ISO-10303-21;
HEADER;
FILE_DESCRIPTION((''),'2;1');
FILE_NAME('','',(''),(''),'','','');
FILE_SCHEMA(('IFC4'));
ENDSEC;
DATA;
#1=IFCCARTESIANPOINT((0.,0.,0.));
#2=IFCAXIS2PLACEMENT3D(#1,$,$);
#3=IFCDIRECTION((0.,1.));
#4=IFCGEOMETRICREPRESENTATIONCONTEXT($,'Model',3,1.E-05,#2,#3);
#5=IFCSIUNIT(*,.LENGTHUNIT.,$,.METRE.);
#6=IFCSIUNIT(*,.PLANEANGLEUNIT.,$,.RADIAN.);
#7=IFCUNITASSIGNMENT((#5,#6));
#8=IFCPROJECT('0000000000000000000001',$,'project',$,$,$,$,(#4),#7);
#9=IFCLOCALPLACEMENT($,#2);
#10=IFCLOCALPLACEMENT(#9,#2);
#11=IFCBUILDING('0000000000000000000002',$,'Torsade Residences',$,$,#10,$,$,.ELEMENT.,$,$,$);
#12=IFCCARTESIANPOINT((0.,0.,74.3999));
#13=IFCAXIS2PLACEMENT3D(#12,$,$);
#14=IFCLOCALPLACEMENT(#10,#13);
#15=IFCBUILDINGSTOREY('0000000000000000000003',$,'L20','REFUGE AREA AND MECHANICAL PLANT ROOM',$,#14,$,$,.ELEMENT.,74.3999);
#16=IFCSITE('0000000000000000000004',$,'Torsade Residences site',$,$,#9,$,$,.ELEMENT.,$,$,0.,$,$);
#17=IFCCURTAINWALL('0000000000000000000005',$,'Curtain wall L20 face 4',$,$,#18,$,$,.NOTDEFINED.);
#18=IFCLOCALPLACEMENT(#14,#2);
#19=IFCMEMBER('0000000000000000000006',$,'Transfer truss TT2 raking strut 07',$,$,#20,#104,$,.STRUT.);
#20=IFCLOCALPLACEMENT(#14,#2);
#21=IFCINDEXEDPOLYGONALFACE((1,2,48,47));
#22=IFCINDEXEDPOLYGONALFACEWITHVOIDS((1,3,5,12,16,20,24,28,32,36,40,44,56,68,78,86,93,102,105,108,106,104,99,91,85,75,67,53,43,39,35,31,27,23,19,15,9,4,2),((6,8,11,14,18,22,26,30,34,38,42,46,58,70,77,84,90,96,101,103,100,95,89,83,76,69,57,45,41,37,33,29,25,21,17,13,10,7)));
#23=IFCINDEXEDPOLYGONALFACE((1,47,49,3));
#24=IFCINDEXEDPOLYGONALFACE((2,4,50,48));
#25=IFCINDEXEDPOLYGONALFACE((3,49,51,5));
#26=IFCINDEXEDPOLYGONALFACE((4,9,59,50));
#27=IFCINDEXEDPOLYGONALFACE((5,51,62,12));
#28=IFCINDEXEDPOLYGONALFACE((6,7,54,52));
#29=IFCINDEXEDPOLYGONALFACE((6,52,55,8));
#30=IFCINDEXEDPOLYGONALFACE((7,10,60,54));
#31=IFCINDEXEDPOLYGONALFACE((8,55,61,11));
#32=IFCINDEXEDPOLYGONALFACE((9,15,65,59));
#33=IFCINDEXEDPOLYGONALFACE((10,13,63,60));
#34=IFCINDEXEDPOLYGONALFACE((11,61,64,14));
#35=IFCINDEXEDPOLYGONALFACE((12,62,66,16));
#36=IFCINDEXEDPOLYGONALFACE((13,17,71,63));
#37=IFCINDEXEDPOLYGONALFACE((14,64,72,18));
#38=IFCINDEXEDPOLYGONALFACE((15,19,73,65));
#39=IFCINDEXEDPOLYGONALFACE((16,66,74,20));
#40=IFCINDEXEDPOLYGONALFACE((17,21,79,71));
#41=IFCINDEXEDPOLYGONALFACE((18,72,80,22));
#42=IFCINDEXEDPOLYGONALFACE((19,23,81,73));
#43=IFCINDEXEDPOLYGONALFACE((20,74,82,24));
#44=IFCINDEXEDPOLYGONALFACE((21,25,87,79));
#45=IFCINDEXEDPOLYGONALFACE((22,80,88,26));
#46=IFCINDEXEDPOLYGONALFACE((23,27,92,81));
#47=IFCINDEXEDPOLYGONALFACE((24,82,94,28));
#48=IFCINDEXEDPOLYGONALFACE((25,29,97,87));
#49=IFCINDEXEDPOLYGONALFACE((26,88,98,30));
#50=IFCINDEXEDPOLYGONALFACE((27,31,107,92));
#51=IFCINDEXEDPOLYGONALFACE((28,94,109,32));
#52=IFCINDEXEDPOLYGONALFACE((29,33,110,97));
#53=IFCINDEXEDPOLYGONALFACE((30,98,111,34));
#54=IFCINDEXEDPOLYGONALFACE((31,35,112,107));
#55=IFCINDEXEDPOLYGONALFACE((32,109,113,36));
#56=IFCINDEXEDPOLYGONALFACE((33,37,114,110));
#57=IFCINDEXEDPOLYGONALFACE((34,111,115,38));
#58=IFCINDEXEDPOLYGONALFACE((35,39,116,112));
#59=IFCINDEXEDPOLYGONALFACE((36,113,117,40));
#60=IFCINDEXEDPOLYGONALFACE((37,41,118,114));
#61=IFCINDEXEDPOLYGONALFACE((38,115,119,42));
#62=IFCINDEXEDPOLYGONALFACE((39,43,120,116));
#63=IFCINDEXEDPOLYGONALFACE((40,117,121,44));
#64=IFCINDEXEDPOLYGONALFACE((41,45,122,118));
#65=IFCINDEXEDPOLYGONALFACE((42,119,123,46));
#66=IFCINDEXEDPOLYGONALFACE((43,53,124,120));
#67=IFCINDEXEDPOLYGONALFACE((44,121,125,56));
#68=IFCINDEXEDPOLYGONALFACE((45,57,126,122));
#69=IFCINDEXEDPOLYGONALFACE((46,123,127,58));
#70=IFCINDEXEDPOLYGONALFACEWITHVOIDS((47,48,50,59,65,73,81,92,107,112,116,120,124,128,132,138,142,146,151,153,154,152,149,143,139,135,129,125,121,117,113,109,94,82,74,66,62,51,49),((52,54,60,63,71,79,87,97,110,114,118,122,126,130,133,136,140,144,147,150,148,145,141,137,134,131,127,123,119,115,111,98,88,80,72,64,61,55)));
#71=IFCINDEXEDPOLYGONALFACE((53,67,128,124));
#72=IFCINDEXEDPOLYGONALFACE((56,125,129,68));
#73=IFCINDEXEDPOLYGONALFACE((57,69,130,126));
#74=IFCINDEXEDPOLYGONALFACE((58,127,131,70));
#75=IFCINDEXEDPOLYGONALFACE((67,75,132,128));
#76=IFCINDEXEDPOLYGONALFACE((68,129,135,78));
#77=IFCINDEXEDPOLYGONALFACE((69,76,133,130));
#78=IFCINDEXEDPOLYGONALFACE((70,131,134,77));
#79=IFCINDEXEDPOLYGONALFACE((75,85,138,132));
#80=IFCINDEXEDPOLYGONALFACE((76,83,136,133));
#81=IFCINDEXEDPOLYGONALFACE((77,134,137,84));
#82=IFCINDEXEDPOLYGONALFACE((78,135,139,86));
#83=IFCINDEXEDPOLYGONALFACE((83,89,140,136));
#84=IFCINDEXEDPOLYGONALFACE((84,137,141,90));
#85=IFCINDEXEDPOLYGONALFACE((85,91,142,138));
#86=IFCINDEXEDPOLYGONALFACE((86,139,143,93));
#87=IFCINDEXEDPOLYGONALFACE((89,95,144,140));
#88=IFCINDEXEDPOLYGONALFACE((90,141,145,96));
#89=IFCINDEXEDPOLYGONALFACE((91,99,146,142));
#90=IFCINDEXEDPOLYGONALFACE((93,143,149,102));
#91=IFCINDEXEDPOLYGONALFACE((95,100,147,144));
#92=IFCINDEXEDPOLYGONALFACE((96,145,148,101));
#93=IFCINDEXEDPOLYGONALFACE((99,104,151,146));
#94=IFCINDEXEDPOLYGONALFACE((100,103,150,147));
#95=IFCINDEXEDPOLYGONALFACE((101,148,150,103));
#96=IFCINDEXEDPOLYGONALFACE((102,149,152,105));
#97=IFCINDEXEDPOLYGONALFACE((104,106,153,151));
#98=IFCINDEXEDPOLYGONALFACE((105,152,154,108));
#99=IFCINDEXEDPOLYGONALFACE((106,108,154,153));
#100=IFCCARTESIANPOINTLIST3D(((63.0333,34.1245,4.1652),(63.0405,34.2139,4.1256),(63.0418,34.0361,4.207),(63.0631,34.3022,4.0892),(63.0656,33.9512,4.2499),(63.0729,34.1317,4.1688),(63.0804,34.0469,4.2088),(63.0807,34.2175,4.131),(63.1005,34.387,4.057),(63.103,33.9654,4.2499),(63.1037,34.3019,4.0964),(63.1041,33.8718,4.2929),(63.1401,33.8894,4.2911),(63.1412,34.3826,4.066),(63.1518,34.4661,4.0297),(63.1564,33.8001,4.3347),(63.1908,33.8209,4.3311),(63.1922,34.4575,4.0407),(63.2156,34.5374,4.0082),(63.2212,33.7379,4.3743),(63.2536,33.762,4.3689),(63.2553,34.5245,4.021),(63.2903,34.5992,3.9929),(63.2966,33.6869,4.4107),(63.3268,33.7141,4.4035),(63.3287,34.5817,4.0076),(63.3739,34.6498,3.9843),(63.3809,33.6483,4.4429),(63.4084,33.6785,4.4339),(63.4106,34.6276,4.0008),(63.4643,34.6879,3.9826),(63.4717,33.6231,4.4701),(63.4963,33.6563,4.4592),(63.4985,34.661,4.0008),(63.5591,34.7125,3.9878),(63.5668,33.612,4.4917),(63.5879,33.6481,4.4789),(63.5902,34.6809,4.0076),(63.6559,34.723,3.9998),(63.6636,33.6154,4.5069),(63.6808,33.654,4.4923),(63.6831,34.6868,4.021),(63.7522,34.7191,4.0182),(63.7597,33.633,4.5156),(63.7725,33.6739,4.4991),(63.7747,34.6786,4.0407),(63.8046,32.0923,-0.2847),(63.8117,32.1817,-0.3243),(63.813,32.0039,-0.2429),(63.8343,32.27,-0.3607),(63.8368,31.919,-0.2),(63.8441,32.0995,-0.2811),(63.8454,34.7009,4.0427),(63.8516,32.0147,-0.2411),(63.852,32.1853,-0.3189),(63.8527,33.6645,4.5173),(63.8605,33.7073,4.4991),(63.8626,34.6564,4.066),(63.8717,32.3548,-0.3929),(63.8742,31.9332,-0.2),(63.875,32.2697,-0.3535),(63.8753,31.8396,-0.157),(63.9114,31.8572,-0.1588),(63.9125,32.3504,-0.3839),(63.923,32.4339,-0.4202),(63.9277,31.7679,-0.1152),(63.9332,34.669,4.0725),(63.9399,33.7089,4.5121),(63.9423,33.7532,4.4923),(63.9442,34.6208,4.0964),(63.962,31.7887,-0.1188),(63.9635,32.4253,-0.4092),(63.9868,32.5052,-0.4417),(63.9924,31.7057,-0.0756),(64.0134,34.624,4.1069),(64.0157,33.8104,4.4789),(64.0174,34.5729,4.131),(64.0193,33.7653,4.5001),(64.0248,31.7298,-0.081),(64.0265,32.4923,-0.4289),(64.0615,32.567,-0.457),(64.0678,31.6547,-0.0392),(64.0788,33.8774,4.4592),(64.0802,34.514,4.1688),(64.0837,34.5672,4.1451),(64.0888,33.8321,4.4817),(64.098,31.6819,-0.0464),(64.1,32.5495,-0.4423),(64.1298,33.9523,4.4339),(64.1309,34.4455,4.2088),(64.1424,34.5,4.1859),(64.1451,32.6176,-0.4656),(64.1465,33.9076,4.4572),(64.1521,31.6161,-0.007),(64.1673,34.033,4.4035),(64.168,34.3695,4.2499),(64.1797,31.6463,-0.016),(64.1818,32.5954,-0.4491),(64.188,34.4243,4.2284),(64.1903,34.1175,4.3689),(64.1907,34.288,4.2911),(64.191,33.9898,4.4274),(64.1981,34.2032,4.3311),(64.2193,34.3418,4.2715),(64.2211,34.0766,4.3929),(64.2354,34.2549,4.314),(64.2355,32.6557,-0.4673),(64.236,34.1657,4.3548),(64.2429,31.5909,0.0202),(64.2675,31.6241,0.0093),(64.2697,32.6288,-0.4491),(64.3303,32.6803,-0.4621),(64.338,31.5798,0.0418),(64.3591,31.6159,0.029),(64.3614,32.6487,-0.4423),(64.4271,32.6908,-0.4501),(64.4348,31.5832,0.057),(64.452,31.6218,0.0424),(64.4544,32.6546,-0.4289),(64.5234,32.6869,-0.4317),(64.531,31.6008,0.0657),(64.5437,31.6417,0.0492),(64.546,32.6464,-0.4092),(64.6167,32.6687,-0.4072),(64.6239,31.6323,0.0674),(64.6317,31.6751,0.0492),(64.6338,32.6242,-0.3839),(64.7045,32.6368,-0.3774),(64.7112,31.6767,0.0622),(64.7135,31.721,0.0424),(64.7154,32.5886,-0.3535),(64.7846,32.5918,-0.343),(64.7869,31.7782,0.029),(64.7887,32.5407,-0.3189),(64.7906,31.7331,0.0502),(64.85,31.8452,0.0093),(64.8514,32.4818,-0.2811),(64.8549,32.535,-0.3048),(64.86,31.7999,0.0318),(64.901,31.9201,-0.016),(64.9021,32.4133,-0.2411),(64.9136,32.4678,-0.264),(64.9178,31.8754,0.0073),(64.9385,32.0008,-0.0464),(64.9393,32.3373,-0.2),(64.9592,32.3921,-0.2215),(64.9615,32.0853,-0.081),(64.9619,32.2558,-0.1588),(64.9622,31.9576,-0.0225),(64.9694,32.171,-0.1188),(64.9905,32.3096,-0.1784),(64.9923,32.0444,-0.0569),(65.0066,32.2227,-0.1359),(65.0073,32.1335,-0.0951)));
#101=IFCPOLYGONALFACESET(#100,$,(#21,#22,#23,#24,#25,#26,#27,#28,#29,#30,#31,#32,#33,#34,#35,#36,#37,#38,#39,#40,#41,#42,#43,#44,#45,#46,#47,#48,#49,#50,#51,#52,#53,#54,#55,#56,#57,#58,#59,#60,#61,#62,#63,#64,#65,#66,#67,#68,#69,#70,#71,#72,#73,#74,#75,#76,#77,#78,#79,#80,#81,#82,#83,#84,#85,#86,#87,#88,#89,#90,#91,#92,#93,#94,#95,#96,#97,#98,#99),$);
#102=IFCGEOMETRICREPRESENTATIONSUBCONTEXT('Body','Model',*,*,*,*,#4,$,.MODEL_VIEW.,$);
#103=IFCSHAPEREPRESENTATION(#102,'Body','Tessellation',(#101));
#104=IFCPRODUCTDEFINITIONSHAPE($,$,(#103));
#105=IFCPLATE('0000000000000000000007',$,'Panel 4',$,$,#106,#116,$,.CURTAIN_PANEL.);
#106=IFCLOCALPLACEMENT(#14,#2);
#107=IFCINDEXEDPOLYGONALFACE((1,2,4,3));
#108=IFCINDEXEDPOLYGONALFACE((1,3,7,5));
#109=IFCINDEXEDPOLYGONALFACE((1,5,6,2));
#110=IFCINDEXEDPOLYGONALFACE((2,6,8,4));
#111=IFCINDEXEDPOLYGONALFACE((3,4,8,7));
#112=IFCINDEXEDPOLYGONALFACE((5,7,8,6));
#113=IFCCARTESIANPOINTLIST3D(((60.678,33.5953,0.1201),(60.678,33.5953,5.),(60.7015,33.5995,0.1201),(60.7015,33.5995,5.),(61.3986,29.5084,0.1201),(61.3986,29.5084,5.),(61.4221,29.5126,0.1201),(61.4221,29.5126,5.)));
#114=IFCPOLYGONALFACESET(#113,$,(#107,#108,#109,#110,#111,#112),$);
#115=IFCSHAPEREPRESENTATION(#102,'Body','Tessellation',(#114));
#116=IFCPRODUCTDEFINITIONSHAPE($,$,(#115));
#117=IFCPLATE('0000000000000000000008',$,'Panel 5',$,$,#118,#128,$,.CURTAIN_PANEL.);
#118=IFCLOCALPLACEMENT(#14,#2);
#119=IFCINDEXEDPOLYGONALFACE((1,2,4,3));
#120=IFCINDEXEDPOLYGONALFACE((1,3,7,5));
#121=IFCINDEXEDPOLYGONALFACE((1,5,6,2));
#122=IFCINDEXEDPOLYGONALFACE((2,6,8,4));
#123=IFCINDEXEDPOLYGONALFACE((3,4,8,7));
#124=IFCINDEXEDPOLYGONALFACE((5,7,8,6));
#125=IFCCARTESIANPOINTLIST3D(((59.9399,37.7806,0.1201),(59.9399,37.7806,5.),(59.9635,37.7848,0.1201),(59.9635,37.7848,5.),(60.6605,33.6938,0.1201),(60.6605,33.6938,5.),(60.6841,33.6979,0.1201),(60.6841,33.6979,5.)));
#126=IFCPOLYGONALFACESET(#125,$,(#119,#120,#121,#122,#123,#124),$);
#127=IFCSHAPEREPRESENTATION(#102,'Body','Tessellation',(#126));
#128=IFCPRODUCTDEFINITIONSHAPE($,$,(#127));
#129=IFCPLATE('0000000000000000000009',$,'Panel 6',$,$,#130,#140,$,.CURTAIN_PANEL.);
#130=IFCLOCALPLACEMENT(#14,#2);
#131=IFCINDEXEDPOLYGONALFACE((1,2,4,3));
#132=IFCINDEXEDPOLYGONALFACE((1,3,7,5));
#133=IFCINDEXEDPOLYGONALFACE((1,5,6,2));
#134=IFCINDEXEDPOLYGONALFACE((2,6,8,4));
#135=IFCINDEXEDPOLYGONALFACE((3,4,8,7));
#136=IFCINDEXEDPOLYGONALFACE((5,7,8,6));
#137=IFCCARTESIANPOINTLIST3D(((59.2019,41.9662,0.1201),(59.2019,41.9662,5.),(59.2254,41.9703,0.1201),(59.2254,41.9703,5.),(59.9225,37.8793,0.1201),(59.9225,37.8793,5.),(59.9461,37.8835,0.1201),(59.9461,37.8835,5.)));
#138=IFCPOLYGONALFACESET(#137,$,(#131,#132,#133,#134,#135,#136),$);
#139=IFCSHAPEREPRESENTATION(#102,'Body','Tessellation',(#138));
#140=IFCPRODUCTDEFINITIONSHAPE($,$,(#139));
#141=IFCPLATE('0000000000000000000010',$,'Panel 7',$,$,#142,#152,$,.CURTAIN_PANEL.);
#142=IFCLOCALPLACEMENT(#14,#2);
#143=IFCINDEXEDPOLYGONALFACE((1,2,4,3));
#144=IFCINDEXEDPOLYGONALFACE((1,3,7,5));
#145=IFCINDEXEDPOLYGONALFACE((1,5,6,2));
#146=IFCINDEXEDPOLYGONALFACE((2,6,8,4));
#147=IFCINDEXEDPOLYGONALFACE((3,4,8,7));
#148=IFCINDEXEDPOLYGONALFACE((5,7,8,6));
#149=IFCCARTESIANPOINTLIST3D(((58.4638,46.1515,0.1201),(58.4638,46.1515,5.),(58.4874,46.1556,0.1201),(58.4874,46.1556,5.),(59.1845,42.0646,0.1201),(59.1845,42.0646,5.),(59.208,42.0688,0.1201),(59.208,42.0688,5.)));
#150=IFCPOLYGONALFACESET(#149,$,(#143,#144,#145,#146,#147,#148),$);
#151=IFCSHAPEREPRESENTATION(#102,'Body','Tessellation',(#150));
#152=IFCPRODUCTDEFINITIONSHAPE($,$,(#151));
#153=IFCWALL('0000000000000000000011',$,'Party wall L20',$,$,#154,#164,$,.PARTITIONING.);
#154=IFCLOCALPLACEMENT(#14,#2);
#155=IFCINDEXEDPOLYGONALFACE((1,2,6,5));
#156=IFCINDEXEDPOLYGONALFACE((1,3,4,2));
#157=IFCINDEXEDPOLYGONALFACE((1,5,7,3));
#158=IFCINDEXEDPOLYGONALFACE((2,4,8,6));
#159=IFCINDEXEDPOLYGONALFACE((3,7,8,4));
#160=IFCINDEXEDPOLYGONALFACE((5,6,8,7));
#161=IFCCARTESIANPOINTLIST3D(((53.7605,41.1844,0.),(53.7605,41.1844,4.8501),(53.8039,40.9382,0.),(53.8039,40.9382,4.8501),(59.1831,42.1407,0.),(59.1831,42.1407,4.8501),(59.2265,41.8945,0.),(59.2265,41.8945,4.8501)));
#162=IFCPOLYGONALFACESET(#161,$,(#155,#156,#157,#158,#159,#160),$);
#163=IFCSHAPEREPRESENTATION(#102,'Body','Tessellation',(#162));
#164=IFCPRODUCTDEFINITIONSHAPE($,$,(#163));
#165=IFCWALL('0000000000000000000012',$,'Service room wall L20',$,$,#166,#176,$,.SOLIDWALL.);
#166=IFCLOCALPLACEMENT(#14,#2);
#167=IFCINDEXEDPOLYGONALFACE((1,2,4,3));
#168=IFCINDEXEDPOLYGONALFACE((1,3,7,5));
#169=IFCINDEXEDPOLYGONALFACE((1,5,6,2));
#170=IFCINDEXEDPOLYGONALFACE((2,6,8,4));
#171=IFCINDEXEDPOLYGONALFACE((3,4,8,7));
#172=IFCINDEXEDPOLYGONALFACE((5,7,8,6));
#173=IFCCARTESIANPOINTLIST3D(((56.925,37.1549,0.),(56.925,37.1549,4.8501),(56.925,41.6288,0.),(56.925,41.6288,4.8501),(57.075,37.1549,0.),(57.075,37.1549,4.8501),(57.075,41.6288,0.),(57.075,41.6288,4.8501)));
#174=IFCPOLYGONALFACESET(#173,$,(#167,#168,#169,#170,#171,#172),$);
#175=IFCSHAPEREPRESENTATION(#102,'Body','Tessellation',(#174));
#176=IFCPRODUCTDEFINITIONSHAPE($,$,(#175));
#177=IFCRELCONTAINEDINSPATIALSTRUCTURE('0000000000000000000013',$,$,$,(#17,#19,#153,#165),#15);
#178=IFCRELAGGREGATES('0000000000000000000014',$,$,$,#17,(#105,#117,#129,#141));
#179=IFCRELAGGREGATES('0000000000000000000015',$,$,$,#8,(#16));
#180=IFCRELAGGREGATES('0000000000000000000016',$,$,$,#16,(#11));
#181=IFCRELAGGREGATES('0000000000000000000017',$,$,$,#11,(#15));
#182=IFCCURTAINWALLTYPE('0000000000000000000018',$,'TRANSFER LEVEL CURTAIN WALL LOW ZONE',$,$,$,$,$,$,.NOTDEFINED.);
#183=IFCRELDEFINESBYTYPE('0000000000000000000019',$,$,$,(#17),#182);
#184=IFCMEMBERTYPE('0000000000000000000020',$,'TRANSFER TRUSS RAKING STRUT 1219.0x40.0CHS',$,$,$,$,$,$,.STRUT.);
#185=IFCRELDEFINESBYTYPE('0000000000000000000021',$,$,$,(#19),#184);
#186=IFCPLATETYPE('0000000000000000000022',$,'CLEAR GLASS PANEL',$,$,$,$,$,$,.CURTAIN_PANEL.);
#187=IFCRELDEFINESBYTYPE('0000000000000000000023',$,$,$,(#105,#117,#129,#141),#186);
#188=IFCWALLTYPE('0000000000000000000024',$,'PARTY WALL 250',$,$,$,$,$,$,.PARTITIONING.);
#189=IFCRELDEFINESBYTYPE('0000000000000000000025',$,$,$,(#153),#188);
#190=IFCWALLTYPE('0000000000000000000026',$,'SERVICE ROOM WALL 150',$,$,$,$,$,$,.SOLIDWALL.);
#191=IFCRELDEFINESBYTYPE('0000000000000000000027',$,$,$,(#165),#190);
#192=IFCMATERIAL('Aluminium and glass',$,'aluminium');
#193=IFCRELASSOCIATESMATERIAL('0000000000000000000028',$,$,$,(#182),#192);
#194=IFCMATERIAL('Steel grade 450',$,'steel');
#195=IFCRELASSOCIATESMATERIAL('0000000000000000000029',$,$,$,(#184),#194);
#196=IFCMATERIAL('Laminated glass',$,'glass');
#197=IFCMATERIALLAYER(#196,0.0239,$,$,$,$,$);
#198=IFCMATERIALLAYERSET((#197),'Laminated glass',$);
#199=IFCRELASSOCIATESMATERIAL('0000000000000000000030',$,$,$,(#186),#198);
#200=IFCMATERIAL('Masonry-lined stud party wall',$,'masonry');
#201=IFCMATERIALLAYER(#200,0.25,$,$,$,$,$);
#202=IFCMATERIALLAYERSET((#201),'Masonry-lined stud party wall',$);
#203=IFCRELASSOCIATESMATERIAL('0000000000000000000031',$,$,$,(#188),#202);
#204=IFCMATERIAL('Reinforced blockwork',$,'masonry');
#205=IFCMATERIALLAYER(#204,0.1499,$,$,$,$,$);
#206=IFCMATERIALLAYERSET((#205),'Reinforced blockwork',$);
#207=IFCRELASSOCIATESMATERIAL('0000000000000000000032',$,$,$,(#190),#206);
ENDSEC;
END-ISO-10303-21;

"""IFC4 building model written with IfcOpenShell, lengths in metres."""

from ifc_helpers import new_model, si_unit, direction, frame, frame_2d, origin, origin_2d, place, context, subcontext, project, spatial, rectangle, hollow_circle, extrude, material, layer, layer_set, material_profile, profile_set, type_object, element, aggregate, save


model = new_model("IFC4")

# Units and contexts
model_context = context("Model", 3, precision=1e-05, world=origin(), true_north=direction((0.0, 1.0)))
body_context = subcontext(model_context, "Body", "Model", "MODEL_VIEW")
ifc_project = project(units=[si_unit("LENGTHUNIT", "METRE"), si_unit("PLANEANGLEUNIT", "RADIAN")], contexts=[model_context])

# Site, building, storey
site_placement = place(None, origin())
site = spatial("IfcSite", under=ifc_project, at=site_placement, Name="Torsade Residences site", CompositionType="ELEMENT", RefElevation=0.0)
building_placement = place(site_placement, origin())
building = spatial("IfcBuilding", under=site, at=building_placement, Name="Torsade Residences", CompositionType="ELEMENT")
storey_placement = place(building_placement, frame((0.0, 0.0, 74.3999)))
storey = spatial("IfcBuildingStorey", under=building, at=storey_placement, Name="L20", Description="REFUGE AREA AND MECHANICAL PLANT ROOM", CompositionType="ELEMENT", Elevation=74.3999)

# Curtain wall
ifc_material_1 = material(Name="Aluminium and glass", Category="aluminium")
curtain_wall_type = type_object("IfcCurtainWallType", Name="TRANSFER LEVEL CURTAIN WALL LOW ZONE", PredefinedType="NOTDEFINED", material=ifc_material_1)
curtain_wall_placement = place(storey_placement, origin())
curtain_wall = element("IfcCurtainWall", 1, at=curtain_wall_placement, inside=storey, type_object=curtain_wall_type, Name="Curtain wall L20 face 4", PredefinedType="NOTDEFINED")

# Member
ifc_material_2 = material(Name="Steel grade 450", Category="steel")
ifc_material_profile_1 = material_profile(ifc_material_2, hollow_circle(Radius=0.6096, WallThickness=0.04, at=origin_2d()), Name="1219.0x40.0CHS")
ifc_profile_set_1 = profile_set([ifc_material_profile_1], Name="Steel grade 450")
member_type_1 = type_object("IfcMemberType", Name="TRANSFER TRUSS RAKING STRUT 1219.0x40.0CHS", PredefinedType="STRUT", material=ifc_profile_set_1)
member_1_placement = place(storey_placement, frame((64.4067, 32.1353, -0.2), z_axis=(-0.155729, 0.410347, 0.898534), x_axis=(-0.934937, -0.354813, 0.0)))
element("IfcMember", 2, at=member_1_placement, inside=storey, type_object=member_type_1, Name="Transfer truss TT2 raking strut 07", PredefinedType="STRUT", context=body_context, shape_type="SweptSolid", body=[
    extrude(hollow_circle(Radius=0.6096, WallThickness=0.04, at=origin_2d()), origin(), (0.0, 0.0, 1.0), 4.9524),
])

# Plates
ifc_material_3 = material(Name="Laminated glass", Category="glass")
ifc_layer_1 = layer(ifc_material_3, 0.0239)
ifc_layer_set_1 = layer_set([ifc_layer_1], Name="Laminated glass")
plate_type = type_object("IfcPlateType", Name="CLEAR GLASS PANEL", PredefinedType="CURTAIN_PANEL", material=ifc_layer_set_1)
plate_1_placement = place(storey_placement, frame((61.05, 31.554, 0.1201), z_axis=(0.0, 0.0, 1.0), x_axis=(-0.173648, 0.984808, 0.0)))
plate_1 = element("IfcPlate", 3, at=plate_1_placement, type_object=plate_type, Name="Panel 4", PredefinedType="CURTAIN_PANEL", context=body_context, shape_type="SweptSolid", body=[
    extrude(rectangle(XDim=4.1499, YDim=0.0239, at=origin_2d()), origin(), (0.0, 0.0, 1.0), 4.8799),
])
plate_2_placement = place(storey_placement, frame((60.312, 35.7393, 0.1201), z_axis=(0.0, 0.0, 1.0), x_axis=(-0.173648, 0.984808, 0.0)))
plate_2 = element("IfcPlate", 4, at=plate_2_placement, type_object=plate_type, Name="Panel 5", PredefinedType="CURTAIN_PANEL", context=body_context, shape_type="SweptSolid", body=[
    extrude(rectangle(XDim=4.1499, YDim=0.0239, at=origin_2d()), origin(), (0.0, 0.0, 1.0), 4.8799),
])
plate_3_placement = place(storey_placement, frame((59.574, 39.9248, 0.1201), z_axis=(0.0, 0.0, 1.0), x_axis=(-0.173648, 0.984808, 0.0)))
plate_3 = element("IfcPlate", 5, at=plate_3_placement, type_object=plate_type, Name="Panel 6", PredefinedType="CURTAIN_PANEL", context=body_context, shape_type="SweptSolid", body=[
    extrude(rectangle(XDim=4.1499, YDim=0.0239, at=origin_2d()), origin(), (0.0, 0.0, 1.0), 4.8799),
])
plate_4_placement = place(storey_placement, frame((58.8359, 44.1101, 0.1201), z_axis=(0.0, 0.0, 1.0), x_axis=(-0.173648, 0.984808, 0.0)))
plate_4 = element("IfcPlate", 6, at=plate_4_placement, type_object=plate_type, Name="Panel 7", PredefinedType="CURTAIN_PANEL", context=body_context, shape_type="SweptSolid", body=[
    extrude(rectangle(XDim=4.1499, YDim=0.0239, at=origin_2d()), origin(), (0.0, 0.0, 1.0), 4.8799),
])
aggregate(curtain_wall, [plate_1, plate_2, plate_3, plate_4])

# Walls
ifc_material_4 = material(Name="Masonry-lined stud party wall", Category="masonry")
ifc_layer_2 = layer(ifc_material_4, 0.25)
ifc_layer_set_2 = layer_set([ifc_layer_2], Name="Masonry-lined stud party wall")
wall_type_1 = type_object("IfcWallType", Name="PARTY WALL 250", PredefinedType="PARTITIONING", material=ifc_layer_set_2)
wall_1_placement = place(storey_placement, frame((59.2048, 42.0176, 0.0), z_axis=(0.0, 0.0, 1.0), x_axis=(-0.984803, -0.173674, 0.0)))
element("IfcWall", 7, at=wall_1_placement, inside=storey, type_object=wall_type_1, Name="Party wall L20", PredefinedType="PARTITIONING", context=body_context, shape_type="SweptSolid", body=[
    extrude(rectangle(XDim=5.5063, YDim=0.25, at=frame_2d((2.7532, 0.0))), origin(), (0.0, 0.0, 1.0), 4.8501),
])
ifc_material_5 = material(Name="Reinforced blockwork", Category="masonry")
ifc_layer_3 = layer(ifc_material_5, 0.1499)
ifc_layer_set_3 = layer_set([ifc_layer_3], Name="Reinforced blockwork")
wall_type_2 = type_object("IfcWallType", Name="SERVICE ROOM WALL 150", PredefinedType="SOLIDWALL", material=ifc_layer_set_3)
wall_2_placement = place(storey_placement, frame((57.0, 41.6287, 0.0), z_axis=(0.0, 0.0, 1.0), x_axis=(0.0, -1.0, 0.0)))
element("IfcWall", 8, at=wall_2_placement, inside=storey, type_object=wall_type_2, Name="Service room wall L20", PredefinedType="SOLIDWALL", context=body_context, shape_type="SweptSolid", body=[
    extrude(rectangle(XDim=4.4739, YDim=0.1499, at=frame_2d((2.2368, 0.0))), origin(), (0.0, 0.0, 1.0), 4.8501),
])

save(model, "model.ifc")
